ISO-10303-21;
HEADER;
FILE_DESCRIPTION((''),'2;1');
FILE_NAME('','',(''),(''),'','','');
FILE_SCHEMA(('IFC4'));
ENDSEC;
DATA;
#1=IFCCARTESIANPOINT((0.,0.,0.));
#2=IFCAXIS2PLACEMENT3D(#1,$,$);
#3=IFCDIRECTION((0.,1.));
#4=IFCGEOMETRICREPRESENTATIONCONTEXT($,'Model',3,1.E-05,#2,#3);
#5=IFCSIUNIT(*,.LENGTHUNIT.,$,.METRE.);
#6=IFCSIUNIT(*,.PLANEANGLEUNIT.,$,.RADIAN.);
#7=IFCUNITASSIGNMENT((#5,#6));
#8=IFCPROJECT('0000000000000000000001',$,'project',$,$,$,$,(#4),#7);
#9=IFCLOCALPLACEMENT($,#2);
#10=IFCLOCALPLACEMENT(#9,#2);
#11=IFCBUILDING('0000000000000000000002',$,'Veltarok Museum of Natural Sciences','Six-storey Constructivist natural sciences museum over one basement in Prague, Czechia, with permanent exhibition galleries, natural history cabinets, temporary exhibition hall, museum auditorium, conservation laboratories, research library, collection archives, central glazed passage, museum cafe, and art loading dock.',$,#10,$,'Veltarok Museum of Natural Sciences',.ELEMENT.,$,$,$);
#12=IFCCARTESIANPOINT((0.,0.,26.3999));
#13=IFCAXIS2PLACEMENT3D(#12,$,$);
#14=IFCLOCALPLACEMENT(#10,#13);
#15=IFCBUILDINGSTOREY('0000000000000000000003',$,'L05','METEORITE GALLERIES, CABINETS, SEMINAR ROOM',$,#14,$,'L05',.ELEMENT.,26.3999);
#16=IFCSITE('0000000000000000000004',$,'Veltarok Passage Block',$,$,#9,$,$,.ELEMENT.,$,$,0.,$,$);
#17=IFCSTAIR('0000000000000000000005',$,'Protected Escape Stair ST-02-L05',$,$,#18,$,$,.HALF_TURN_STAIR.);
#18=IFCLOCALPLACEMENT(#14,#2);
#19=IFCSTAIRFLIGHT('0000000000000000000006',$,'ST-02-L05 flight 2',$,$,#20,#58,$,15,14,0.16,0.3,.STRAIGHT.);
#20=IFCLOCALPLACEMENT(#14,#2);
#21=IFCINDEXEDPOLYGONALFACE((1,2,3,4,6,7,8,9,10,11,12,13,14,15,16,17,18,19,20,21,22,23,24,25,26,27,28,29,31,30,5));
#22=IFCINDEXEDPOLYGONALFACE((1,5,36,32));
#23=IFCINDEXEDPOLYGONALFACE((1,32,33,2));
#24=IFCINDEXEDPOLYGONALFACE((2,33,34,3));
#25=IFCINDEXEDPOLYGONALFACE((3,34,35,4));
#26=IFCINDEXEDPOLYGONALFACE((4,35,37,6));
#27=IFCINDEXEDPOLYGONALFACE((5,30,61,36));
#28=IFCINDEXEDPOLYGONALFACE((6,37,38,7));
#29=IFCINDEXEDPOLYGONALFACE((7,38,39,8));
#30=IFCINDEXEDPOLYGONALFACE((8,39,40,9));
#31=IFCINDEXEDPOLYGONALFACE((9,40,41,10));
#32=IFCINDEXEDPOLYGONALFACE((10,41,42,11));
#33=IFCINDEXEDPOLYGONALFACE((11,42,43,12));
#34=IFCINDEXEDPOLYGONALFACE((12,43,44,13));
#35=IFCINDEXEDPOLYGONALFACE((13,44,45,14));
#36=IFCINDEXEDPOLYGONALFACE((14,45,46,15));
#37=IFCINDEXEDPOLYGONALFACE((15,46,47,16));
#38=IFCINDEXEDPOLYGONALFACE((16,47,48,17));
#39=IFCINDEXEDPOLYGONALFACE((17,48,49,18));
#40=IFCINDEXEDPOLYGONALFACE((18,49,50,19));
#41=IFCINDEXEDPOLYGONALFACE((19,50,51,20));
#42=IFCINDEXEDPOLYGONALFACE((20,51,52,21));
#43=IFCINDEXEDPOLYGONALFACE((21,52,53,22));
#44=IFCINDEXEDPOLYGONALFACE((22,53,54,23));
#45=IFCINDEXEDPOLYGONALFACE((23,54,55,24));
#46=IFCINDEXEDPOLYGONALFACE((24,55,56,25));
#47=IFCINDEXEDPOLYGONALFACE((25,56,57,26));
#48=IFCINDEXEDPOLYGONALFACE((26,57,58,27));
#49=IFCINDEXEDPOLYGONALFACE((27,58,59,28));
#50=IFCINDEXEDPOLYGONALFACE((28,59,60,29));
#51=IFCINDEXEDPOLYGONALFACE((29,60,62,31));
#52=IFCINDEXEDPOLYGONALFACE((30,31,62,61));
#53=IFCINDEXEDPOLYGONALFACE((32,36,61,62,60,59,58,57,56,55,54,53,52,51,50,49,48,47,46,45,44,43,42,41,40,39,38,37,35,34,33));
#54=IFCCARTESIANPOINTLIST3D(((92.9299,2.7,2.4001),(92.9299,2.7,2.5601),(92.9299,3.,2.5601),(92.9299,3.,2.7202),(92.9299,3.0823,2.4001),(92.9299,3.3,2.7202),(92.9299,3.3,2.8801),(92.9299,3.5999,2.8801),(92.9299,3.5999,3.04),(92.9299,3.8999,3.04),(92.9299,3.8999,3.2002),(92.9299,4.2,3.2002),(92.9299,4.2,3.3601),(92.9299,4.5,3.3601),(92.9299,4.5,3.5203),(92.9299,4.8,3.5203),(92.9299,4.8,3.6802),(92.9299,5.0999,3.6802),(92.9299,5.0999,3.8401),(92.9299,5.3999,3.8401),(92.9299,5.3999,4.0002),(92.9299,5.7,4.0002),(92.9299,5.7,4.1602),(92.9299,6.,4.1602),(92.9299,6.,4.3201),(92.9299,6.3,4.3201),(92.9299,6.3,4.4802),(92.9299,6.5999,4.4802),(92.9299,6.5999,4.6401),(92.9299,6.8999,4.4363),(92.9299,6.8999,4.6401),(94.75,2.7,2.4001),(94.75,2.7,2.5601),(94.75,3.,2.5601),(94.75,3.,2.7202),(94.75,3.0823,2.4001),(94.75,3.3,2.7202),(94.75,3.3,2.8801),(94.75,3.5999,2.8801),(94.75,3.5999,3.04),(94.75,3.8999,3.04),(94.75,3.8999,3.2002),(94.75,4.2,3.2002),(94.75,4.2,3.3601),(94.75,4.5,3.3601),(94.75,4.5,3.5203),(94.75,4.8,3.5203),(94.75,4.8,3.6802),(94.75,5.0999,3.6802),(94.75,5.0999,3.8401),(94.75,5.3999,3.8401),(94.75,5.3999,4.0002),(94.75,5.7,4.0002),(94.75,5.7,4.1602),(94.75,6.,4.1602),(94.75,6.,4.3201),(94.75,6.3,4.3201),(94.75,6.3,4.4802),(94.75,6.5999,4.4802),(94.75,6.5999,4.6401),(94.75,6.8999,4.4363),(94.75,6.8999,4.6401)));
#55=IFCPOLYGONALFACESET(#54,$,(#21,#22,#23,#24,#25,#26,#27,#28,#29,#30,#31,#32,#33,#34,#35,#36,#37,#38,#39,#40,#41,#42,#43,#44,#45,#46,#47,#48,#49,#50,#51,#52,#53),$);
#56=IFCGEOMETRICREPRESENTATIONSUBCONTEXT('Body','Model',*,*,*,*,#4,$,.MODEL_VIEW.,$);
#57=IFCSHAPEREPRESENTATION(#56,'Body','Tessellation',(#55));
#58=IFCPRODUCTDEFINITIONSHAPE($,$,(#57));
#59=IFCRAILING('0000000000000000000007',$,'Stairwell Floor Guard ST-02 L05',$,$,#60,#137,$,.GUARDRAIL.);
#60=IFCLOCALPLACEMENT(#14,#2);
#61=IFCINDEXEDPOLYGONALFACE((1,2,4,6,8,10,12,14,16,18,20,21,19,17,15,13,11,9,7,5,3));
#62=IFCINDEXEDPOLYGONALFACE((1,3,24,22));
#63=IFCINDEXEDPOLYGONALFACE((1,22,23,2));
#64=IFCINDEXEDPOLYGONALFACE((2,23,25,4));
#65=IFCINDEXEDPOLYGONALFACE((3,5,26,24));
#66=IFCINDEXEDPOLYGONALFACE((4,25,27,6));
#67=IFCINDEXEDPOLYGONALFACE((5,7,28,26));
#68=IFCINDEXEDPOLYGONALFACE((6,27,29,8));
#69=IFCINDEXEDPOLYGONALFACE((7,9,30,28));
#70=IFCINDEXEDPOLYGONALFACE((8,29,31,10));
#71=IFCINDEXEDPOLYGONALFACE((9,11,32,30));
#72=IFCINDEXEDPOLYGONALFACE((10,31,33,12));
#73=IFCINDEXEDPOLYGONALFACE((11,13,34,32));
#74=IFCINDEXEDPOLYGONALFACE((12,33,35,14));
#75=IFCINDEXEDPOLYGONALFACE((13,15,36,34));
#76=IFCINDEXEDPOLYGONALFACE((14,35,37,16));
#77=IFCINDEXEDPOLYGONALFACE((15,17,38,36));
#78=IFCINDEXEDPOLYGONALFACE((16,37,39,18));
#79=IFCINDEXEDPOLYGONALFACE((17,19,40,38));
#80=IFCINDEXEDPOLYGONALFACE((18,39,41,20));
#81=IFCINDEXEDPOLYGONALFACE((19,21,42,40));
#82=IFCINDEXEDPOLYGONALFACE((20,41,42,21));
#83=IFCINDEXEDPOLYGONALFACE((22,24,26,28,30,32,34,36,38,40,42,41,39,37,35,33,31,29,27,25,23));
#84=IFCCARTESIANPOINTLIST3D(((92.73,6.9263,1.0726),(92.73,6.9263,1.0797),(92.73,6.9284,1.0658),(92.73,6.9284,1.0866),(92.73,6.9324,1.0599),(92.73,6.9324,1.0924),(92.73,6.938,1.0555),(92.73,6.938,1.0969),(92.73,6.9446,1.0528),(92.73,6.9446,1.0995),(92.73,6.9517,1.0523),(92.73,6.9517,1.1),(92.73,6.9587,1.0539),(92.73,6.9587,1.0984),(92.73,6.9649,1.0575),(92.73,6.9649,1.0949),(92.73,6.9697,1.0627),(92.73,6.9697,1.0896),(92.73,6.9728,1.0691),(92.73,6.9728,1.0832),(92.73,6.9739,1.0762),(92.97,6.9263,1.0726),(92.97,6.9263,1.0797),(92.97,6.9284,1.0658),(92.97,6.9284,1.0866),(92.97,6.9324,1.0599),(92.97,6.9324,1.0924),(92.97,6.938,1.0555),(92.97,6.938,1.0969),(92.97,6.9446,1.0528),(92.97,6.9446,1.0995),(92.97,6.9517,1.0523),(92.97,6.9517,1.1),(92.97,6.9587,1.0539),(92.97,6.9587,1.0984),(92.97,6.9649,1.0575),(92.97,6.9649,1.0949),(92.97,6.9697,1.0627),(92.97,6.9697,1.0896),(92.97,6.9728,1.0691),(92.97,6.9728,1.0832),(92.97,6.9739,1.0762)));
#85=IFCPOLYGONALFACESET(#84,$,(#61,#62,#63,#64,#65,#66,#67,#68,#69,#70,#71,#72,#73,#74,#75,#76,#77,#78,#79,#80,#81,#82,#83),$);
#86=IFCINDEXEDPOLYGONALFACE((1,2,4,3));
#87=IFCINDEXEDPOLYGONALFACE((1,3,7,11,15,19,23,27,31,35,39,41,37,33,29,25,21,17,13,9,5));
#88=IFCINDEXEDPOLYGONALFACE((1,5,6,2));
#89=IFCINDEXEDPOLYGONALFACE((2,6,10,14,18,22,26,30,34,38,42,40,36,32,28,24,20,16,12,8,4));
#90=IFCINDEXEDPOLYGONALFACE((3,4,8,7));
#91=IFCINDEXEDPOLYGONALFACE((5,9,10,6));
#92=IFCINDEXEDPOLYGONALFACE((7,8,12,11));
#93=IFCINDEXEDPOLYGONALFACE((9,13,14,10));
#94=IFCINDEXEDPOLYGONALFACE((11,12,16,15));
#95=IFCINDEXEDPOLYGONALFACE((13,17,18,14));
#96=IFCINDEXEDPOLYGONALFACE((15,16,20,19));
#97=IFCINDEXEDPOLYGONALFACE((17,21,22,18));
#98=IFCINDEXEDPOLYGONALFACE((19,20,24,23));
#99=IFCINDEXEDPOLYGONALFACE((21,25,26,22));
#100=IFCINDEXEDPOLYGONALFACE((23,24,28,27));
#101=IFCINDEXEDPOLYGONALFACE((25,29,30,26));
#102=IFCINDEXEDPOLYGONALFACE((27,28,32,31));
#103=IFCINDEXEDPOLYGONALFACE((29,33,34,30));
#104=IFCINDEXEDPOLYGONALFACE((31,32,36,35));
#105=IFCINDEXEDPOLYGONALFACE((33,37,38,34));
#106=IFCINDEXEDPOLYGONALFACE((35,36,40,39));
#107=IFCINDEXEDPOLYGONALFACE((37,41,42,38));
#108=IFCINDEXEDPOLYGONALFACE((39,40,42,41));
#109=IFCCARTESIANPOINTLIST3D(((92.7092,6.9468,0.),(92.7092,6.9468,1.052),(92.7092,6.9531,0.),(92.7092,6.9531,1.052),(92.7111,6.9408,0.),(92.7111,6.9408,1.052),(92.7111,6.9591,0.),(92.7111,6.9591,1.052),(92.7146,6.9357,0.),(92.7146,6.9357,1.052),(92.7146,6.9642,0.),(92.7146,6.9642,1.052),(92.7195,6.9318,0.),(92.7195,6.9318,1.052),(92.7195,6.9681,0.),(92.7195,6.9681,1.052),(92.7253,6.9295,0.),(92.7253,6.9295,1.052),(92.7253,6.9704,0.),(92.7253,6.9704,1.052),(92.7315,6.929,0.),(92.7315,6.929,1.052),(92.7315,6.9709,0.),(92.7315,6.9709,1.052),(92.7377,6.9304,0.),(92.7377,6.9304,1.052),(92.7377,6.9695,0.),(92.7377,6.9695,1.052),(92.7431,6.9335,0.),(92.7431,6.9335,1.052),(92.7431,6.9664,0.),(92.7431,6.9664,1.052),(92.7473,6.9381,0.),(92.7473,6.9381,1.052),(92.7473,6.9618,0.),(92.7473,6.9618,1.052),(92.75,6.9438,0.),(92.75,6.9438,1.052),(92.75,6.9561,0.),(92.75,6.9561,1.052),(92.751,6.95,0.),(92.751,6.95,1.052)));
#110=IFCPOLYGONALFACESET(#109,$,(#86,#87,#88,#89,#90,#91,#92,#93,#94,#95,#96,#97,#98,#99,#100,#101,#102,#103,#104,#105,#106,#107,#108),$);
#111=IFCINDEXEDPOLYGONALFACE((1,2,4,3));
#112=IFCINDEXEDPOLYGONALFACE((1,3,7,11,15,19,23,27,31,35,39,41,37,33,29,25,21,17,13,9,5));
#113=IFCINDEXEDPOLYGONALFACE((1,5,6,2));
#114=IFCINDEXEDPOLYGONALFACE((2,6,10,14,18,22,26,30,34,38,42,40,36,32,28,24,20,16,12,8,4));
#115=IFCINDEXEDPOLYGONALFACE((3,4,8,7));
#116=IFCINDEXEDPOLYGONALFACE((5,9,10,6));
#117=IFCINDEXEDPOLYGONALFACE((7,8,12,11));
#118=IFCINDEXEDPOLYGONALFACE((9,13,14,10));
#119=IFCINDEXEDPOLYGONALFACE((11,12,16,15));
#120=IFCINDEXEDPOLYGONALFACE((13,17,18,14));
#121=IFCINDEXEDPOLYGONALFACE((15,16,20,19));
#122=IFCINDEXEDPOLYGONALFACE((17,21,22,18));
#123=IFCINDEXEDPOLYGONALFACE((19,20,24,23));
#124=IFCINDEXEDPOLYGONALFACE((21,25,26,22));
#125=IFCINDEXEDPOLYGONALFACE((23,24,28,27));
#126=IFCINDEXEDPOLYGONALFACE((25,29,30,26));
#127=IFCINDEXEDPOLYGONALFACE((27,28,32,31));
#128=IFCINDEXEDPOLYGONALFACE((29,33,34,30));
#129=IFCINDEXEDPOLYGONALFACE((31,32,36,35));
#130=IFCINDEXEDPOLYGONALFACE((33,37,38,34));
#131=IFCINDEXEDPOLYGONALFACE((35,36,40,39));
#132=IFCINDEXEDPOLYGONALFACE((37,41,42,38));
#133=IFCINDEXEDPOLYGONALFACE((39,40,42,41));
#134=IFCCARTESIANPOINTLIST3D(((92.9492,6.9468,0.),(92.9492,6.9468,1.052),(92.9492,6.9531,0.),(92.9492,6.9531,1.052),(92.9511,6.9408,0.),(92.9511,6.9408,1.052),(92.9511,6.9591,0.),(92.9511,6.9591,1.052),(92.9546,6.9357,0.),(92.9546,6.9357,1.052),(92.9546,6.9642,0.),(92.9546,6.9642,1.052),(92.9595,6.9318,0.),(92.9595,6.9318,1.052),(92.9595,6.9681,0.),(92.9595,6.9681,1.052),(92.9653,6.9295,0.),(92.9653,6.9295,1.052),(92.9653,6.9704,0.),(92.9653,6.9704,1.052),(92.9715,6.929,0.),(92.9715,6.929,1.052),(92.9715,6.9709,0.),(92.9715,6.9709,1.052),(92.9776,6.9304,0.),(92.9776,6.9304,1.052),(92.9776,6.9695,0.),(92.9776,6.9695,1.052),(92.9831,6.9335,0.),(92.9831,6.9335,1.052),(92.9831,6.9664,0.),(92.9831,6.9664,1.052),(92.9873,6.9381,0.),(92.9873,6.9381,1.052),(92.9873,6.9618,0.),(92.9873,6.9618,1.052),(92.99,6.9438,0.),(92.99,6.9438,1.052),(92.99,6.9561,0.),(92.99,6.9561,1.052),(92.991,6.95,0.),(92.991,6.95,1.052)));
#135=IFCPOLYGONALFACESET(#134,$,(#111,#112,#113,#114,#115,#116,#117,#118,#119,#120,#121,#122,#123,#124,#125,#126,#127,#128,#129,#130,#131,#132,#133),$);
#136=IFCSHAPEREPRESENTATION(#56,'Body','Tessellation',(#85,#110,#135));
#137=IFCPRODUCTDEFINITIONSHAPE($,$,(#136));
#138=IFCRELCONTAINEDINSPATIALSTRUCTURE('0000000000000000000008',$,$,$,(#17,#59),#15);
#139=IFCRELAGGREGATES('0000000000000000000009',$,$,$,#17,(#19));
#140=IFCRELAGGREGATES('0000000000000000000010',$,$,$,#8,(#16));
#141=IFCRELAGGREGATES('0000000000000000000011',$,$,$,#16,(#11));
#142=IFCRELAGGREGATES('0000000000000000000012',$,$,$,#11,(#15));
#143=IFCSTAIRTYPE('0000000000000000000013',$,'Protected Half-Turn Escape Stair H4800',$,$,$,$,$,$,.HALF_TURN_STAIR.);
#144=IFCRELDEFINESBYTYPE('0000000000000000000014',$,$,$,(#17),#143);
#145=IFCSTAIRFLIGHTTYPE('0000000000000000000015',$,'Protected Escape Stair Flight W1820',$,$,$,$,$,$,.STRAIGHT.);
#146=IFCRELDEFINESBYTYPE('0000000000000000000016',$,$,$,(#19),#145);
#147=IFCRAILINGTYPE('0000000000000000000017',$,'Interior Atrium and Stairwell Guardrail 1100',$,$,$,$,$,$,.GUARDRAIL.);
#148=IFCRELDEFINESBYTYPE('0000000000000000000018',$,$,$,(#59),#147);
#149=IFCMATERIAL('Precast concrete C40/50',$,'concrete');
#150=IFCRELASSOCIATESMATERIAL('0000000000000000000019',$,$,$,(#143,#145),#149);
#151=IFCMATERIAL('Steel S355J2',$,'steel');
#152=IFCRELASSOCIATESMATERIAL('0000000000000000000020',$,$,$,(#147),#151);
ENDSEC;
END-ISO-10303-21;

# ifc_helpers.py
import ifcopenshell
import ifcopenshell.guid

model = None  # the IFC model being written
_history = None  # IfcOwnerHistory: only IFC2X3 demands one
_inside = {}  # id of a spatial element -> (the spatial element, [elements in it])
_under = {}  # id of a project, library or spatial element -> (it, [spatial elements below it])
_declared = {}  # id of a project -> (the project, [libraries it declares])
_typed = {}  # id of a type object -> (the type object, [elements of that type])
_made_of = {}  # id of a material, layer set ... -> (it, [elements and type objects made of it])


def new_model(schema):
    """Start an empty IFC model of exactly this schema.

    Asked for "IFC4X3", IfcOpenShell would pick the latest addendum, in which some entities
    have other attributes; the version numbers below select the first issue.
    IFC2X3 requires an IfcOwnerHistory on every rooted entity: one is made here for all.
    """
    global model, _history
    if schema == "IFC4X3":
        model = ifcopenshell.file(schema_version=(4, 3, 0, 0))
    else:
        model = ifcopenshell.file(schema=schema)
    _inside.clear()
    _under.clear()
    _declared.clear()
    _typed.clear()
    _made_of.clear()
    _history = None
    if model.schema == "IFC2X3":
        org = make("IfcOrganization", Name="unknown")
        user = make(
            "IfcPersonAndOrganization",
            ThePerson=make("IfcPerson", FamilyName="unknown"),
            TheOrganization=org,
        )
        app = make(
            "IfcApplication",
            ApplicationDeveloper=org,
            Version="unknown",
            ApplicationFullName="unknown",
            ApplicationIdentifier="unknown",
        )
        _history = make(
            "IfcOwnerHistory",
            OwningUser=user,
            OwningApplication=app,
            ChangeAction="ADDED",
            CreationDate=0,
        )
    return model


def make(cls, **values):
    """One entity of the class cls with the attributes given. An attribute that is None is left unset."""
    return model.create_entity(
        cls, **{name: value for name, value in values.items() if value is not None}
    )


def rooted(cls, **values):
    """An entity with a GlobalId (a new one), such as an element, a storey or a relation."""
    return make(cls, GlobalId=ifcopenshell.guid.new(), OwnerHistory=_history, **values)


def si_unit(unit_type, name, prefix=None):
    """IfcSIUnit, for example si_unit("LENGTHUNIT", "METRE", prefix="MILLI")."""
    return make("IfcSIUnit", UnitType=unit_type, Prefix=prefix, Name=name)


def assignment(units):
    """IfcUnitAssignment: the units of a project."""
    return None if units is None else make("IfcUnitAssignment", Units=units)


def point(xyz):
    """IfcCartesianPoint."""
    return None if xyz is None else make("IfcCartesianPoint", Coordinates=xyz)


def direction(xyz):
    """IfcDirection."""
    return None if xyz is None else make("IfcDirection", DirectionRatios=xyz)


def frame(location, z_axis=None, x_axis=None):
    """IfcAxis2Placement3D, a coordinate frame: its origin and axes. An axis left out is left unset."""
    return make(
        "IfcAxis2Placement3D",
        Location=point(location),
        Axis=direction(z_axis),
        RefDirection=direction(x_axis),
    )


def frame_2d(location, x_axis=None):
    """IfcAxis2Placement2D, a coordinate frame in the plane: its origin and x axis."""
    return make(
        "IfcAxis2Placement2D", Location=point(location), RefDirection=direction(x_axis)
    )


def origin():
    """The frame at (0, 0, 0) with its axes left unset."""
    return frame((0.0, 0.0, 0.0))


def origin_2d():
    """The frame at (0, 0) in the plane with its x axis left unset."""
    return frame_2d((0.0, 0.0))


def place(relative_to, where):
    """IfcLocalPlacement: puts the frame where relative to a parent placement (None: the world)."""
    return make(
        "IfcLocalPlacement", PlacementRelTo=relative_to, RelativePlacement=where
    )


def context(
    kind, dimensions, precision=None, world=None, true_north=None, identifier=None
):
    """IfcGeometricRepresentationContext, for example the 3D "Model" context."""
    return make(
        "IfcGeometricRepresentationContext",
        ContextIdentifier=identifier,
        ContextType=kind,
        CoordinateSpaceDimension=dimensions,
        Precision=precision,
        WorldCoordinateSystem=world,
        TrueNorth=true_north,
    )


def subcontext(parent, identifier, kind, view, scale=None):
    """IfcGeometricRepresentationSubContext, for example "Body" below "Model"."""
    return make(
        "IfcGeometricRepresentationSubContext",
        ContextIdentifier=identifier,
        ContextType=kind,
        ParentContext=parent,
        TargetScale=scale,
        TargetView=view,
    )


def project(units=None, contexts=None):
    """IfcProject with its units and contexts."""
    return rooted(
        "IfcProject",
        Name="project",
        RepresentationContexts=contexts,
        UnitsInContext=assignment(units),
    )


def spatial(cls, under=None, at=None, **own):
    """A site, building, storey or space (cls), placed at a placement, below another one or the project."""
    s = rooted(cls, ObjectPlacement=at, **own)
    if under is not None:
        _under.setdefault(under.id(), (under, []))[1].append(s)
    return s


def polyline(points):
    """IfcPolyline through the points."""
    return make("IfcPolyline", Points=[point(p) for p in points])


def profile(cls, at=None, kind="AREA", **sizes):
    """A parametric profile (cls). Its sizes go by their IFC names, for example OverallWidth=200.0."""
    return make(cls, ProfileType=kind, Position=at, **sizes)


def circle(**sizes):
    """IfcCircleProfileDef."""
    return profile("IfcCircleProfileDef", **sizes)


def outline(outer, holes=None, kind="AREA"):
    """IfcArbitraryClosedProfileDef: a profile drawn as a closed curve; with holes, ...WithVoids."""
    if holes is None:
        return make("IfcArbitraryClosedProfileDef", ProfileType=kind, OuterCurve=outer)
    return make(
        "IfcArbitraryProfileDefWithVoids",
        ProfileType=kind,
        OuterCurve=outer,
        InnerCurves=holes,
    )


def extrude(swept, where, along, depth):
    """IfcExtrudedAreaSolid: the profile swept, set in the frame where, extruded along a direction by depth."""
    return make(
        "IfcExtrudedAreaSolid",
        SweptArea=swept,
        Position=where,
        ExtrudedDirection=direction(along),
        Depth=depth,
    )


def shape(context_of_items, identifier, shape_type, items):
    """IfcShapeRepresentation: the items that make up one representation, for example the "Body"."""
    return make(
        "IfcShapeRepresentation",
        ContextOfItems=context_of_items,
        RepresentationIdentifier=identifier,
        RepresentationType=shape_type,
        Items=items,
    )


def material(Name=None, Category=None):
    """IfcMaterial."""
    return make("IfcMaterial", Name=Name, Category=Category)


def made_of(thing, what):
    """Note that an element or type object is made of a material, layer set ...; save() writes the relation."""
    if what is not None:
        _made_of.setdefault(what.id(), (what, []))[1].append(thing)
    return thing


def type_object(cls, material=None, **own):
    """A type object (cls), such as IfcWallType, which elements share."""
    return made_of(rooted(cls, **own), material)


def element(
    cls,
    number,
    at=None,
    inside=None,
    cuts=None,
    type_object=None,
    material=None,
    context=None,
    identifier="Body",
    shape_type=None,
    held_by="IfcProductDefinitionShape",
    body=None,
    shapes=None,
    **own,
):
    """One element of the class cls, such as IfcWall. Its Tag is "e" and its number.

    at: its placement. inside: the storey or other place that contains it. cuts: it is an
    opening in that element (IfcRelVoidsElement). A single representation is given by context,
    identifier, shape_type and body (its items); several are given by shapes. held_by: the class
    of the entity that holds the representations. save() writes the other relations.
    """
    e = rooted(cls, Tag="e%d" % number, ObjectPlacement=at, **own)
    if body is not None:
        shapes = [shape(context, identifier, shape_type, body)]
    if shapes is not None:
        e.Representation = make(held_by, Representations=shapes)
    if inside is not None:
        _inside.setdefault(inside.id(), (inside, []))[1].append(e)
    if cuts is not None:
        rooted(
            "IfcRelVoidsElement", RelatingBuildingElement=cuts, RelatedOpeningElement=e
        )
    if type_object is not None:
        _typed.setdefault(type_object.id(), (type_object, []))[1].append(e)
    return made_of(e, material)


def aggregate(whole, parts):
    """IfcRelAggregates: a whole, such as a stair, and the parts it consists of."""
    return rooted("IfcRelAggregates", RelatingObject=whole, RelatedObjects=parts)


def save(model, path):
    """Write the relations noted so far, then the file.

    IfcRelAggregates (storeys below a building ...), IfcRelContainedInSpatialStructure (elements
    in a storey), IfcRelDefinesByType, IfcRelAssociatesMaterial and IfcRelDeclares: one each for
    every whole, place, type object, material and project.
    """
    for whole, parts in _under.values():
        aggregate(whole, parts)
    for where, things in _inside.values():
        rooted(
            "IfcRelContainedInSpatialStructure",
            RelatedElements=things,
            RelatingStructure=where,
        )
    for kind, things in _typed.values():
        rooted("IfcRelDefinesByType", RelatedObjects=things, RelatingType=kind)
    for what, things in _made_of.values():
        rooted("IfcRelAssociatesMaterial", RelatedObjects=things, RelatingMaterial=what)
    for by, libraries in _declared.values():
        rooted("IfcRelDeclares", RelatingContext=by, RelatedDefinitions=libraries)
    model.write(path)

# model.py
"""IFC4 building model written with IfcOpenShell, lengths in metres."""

from ifc_helpers import new_model, si_unit, direction, frame, origin, origin_2d, place, context, subcontext, project, spatial, polyline, circle, outline, extrude, material, type_object, element, aggregate, save


model = new_model("IFC4")

# Units and contexts
model_context = context("Model", 3, precision=1e-05, world=origin(), true_north=direction((0.0, 1.0)))
body_context = subcontext(model_context, "Body", "Model", "MODEL_VIEW")
ifc_project = project(units=[si_unit("LENGTHUNIT", "METRE"), si_unit("PLANEANGLEUNIT", "RADIAN")], contexts=[model_context])

# Site, building, storey
site_placement = place(None, origin())
site = spatial("IfcSite", under=ifc_project, at=site_placement, Name="Veltarok Passage Block", CompositionType="ELEMENT", RefElevation=0.0)
building_placement = place(site_placement, origin())
building = spatial("IfcBuilding", under=site, at=building_placement, Name="Veltarok Museum of Natural Sciences", Description="Six-storey Constructivist natural sciences museum over one basement in Prague, Czechia, with permanent exhibition galleries, natural history cabinets, temporary exhibition hall, museum auditorium, conservation laboratories, research library, collection archives, central glazed passage, museum cafe, and art loading dock.", LongName="Veltarok Museum of Natural Sciences", CompositionType="ELEMENT")
storey_placement = place(building_placement, frame((0.0, 0.0, 26.3999)))
storey = spatial("IfcBuildingStorey", under=building, at=storey_placement, Name="L05", Description="METEORITE GALLERIES, CABINETS, SEMINAR ROOM", LongName="L05", CompositionType="ELEMENT", Elevation=26.3999)

# Shared definitions
ifc_material_1 = material(Name="Steel S355J2", Category="steel")

# Stair, stair flight
ifc_material_2 = material(Name="Precast concrete C40/50", Category="concrete")
stair_type = type_object("IfcStairType", Name="Protected Half-Turn Escape Stair H4800", PredefinedType="HALF_TURN_STAIR", material=ifc_material_2)
stair_placement = place(storey_placement, origin())
stair = element("IfcStair", 1, at=stair_placement, inside=storey, type_object=stair_type, Name="Protected Escape Stair ST-02-L05", PredefinedType="HALF_TURN_STAIR")
stair_flight_type = type_object("IfcStairFlightType", Name="Protected Escape Stair Flight W1820", PredefinedType="STRAIGHT", material=ifc_material_2)
stair_flight_1_placement = place(storey_placement, frame((93.8401, 2.7, 2.4001), z_axis=(0.0, 0.0, 1.0), x_axis=(0.0, 1.0, 0.0)))
stair_flight_1 = element("IfcStairFlight", 2, at=stair_flight_1_placement, type_object=stair_flight_type, Name="ST-02-L05 flight 2", NumberOfRisers=15, NumberOfTreads=14, PredefinedType="STRAIGHT", RiserHeight=0.16, TreadLength=0.3, context=body_context, shape_type="SweptSolid", body=[
    extrude(outline(polyline([(0.0, 0.0), (0.0, 0.1599), (0.3, 0.1599), (0.3, 0.3201), (0.6001, 0.3201), (0.6001, 0.48), (0.8999, 0.48), (0.8999, 0.6399), (1.2, 0.6399), (1.2, 0.8), (1.5, 0.8), (1.5, 0.96), (1.8, 0.96), (1.8, 1.1201), (2.1001, 1.1201), (2.1001, 1.28), (2.3999, 1.28), (2.3999, 1.4399), (2.7, 1.4399), (2.7, 1.6001), (3.0, 1.6001), (3.0, 1.76), (3.3, 1.76), (3.3, 1.9199), (3.6001, 1.9199), (3.6001, 2.0801), (3.8999, 2.0801), (3.8999, 2.24), (4.2, 2.24), (4.2, 2.3999), (4.2, 2.0361), (0.3823, 0.0), (0.0, 0.0)])), frame((0.0, 0.9102, 0.0), z_axis=(0.0, -1.0, 0.0), x_axis=(1.0, 0.0, 0.0)), (0.0, 0.0, 1.0), 1.8201),
])
aggregate(stair, [stair_flight_1])

# Railing
railing_type_1 = type_object("IfcRailingType", Name="Interior Atrium and Stairwell Guardrail 1100", PredefinedType="GUARDRAIL", material=ifc_material_1)
for number, where, name in (
    (3, (92.73, 6.95, 0.0), "Stairwell Floor Guard ST-02 L05"),
):
    element("IfcRailing", number, at=place(storey_placement, frame(where)), inside=storey, type_object=railing_type_1, Name=name, PredefinedType="GUARDRAIL", context=body_context, shape_type="SweptSolid", body=[
        extrude(circle(Radius=0.0239, at=origin_2d()), frame((0.0, 0.0, 1.0762), z_axis=(1.0, 0.0, 0.0), x_axis=(0.0, 1.0, 0.0)), (0.0, 0.0, 1.0), 0.24),
        extrude(circle(Radius=0.021, at=origin_2d()), origin(), (0.0, 0.0, 1.0), 1.052),
        extrude(circle(Radius=0.021, at=origin_2d()), frame((0.24, 0.0, 0.0)), (0.0, 0.0, 1.0), 1.052),
    ])

save(model, "model.ifc")
